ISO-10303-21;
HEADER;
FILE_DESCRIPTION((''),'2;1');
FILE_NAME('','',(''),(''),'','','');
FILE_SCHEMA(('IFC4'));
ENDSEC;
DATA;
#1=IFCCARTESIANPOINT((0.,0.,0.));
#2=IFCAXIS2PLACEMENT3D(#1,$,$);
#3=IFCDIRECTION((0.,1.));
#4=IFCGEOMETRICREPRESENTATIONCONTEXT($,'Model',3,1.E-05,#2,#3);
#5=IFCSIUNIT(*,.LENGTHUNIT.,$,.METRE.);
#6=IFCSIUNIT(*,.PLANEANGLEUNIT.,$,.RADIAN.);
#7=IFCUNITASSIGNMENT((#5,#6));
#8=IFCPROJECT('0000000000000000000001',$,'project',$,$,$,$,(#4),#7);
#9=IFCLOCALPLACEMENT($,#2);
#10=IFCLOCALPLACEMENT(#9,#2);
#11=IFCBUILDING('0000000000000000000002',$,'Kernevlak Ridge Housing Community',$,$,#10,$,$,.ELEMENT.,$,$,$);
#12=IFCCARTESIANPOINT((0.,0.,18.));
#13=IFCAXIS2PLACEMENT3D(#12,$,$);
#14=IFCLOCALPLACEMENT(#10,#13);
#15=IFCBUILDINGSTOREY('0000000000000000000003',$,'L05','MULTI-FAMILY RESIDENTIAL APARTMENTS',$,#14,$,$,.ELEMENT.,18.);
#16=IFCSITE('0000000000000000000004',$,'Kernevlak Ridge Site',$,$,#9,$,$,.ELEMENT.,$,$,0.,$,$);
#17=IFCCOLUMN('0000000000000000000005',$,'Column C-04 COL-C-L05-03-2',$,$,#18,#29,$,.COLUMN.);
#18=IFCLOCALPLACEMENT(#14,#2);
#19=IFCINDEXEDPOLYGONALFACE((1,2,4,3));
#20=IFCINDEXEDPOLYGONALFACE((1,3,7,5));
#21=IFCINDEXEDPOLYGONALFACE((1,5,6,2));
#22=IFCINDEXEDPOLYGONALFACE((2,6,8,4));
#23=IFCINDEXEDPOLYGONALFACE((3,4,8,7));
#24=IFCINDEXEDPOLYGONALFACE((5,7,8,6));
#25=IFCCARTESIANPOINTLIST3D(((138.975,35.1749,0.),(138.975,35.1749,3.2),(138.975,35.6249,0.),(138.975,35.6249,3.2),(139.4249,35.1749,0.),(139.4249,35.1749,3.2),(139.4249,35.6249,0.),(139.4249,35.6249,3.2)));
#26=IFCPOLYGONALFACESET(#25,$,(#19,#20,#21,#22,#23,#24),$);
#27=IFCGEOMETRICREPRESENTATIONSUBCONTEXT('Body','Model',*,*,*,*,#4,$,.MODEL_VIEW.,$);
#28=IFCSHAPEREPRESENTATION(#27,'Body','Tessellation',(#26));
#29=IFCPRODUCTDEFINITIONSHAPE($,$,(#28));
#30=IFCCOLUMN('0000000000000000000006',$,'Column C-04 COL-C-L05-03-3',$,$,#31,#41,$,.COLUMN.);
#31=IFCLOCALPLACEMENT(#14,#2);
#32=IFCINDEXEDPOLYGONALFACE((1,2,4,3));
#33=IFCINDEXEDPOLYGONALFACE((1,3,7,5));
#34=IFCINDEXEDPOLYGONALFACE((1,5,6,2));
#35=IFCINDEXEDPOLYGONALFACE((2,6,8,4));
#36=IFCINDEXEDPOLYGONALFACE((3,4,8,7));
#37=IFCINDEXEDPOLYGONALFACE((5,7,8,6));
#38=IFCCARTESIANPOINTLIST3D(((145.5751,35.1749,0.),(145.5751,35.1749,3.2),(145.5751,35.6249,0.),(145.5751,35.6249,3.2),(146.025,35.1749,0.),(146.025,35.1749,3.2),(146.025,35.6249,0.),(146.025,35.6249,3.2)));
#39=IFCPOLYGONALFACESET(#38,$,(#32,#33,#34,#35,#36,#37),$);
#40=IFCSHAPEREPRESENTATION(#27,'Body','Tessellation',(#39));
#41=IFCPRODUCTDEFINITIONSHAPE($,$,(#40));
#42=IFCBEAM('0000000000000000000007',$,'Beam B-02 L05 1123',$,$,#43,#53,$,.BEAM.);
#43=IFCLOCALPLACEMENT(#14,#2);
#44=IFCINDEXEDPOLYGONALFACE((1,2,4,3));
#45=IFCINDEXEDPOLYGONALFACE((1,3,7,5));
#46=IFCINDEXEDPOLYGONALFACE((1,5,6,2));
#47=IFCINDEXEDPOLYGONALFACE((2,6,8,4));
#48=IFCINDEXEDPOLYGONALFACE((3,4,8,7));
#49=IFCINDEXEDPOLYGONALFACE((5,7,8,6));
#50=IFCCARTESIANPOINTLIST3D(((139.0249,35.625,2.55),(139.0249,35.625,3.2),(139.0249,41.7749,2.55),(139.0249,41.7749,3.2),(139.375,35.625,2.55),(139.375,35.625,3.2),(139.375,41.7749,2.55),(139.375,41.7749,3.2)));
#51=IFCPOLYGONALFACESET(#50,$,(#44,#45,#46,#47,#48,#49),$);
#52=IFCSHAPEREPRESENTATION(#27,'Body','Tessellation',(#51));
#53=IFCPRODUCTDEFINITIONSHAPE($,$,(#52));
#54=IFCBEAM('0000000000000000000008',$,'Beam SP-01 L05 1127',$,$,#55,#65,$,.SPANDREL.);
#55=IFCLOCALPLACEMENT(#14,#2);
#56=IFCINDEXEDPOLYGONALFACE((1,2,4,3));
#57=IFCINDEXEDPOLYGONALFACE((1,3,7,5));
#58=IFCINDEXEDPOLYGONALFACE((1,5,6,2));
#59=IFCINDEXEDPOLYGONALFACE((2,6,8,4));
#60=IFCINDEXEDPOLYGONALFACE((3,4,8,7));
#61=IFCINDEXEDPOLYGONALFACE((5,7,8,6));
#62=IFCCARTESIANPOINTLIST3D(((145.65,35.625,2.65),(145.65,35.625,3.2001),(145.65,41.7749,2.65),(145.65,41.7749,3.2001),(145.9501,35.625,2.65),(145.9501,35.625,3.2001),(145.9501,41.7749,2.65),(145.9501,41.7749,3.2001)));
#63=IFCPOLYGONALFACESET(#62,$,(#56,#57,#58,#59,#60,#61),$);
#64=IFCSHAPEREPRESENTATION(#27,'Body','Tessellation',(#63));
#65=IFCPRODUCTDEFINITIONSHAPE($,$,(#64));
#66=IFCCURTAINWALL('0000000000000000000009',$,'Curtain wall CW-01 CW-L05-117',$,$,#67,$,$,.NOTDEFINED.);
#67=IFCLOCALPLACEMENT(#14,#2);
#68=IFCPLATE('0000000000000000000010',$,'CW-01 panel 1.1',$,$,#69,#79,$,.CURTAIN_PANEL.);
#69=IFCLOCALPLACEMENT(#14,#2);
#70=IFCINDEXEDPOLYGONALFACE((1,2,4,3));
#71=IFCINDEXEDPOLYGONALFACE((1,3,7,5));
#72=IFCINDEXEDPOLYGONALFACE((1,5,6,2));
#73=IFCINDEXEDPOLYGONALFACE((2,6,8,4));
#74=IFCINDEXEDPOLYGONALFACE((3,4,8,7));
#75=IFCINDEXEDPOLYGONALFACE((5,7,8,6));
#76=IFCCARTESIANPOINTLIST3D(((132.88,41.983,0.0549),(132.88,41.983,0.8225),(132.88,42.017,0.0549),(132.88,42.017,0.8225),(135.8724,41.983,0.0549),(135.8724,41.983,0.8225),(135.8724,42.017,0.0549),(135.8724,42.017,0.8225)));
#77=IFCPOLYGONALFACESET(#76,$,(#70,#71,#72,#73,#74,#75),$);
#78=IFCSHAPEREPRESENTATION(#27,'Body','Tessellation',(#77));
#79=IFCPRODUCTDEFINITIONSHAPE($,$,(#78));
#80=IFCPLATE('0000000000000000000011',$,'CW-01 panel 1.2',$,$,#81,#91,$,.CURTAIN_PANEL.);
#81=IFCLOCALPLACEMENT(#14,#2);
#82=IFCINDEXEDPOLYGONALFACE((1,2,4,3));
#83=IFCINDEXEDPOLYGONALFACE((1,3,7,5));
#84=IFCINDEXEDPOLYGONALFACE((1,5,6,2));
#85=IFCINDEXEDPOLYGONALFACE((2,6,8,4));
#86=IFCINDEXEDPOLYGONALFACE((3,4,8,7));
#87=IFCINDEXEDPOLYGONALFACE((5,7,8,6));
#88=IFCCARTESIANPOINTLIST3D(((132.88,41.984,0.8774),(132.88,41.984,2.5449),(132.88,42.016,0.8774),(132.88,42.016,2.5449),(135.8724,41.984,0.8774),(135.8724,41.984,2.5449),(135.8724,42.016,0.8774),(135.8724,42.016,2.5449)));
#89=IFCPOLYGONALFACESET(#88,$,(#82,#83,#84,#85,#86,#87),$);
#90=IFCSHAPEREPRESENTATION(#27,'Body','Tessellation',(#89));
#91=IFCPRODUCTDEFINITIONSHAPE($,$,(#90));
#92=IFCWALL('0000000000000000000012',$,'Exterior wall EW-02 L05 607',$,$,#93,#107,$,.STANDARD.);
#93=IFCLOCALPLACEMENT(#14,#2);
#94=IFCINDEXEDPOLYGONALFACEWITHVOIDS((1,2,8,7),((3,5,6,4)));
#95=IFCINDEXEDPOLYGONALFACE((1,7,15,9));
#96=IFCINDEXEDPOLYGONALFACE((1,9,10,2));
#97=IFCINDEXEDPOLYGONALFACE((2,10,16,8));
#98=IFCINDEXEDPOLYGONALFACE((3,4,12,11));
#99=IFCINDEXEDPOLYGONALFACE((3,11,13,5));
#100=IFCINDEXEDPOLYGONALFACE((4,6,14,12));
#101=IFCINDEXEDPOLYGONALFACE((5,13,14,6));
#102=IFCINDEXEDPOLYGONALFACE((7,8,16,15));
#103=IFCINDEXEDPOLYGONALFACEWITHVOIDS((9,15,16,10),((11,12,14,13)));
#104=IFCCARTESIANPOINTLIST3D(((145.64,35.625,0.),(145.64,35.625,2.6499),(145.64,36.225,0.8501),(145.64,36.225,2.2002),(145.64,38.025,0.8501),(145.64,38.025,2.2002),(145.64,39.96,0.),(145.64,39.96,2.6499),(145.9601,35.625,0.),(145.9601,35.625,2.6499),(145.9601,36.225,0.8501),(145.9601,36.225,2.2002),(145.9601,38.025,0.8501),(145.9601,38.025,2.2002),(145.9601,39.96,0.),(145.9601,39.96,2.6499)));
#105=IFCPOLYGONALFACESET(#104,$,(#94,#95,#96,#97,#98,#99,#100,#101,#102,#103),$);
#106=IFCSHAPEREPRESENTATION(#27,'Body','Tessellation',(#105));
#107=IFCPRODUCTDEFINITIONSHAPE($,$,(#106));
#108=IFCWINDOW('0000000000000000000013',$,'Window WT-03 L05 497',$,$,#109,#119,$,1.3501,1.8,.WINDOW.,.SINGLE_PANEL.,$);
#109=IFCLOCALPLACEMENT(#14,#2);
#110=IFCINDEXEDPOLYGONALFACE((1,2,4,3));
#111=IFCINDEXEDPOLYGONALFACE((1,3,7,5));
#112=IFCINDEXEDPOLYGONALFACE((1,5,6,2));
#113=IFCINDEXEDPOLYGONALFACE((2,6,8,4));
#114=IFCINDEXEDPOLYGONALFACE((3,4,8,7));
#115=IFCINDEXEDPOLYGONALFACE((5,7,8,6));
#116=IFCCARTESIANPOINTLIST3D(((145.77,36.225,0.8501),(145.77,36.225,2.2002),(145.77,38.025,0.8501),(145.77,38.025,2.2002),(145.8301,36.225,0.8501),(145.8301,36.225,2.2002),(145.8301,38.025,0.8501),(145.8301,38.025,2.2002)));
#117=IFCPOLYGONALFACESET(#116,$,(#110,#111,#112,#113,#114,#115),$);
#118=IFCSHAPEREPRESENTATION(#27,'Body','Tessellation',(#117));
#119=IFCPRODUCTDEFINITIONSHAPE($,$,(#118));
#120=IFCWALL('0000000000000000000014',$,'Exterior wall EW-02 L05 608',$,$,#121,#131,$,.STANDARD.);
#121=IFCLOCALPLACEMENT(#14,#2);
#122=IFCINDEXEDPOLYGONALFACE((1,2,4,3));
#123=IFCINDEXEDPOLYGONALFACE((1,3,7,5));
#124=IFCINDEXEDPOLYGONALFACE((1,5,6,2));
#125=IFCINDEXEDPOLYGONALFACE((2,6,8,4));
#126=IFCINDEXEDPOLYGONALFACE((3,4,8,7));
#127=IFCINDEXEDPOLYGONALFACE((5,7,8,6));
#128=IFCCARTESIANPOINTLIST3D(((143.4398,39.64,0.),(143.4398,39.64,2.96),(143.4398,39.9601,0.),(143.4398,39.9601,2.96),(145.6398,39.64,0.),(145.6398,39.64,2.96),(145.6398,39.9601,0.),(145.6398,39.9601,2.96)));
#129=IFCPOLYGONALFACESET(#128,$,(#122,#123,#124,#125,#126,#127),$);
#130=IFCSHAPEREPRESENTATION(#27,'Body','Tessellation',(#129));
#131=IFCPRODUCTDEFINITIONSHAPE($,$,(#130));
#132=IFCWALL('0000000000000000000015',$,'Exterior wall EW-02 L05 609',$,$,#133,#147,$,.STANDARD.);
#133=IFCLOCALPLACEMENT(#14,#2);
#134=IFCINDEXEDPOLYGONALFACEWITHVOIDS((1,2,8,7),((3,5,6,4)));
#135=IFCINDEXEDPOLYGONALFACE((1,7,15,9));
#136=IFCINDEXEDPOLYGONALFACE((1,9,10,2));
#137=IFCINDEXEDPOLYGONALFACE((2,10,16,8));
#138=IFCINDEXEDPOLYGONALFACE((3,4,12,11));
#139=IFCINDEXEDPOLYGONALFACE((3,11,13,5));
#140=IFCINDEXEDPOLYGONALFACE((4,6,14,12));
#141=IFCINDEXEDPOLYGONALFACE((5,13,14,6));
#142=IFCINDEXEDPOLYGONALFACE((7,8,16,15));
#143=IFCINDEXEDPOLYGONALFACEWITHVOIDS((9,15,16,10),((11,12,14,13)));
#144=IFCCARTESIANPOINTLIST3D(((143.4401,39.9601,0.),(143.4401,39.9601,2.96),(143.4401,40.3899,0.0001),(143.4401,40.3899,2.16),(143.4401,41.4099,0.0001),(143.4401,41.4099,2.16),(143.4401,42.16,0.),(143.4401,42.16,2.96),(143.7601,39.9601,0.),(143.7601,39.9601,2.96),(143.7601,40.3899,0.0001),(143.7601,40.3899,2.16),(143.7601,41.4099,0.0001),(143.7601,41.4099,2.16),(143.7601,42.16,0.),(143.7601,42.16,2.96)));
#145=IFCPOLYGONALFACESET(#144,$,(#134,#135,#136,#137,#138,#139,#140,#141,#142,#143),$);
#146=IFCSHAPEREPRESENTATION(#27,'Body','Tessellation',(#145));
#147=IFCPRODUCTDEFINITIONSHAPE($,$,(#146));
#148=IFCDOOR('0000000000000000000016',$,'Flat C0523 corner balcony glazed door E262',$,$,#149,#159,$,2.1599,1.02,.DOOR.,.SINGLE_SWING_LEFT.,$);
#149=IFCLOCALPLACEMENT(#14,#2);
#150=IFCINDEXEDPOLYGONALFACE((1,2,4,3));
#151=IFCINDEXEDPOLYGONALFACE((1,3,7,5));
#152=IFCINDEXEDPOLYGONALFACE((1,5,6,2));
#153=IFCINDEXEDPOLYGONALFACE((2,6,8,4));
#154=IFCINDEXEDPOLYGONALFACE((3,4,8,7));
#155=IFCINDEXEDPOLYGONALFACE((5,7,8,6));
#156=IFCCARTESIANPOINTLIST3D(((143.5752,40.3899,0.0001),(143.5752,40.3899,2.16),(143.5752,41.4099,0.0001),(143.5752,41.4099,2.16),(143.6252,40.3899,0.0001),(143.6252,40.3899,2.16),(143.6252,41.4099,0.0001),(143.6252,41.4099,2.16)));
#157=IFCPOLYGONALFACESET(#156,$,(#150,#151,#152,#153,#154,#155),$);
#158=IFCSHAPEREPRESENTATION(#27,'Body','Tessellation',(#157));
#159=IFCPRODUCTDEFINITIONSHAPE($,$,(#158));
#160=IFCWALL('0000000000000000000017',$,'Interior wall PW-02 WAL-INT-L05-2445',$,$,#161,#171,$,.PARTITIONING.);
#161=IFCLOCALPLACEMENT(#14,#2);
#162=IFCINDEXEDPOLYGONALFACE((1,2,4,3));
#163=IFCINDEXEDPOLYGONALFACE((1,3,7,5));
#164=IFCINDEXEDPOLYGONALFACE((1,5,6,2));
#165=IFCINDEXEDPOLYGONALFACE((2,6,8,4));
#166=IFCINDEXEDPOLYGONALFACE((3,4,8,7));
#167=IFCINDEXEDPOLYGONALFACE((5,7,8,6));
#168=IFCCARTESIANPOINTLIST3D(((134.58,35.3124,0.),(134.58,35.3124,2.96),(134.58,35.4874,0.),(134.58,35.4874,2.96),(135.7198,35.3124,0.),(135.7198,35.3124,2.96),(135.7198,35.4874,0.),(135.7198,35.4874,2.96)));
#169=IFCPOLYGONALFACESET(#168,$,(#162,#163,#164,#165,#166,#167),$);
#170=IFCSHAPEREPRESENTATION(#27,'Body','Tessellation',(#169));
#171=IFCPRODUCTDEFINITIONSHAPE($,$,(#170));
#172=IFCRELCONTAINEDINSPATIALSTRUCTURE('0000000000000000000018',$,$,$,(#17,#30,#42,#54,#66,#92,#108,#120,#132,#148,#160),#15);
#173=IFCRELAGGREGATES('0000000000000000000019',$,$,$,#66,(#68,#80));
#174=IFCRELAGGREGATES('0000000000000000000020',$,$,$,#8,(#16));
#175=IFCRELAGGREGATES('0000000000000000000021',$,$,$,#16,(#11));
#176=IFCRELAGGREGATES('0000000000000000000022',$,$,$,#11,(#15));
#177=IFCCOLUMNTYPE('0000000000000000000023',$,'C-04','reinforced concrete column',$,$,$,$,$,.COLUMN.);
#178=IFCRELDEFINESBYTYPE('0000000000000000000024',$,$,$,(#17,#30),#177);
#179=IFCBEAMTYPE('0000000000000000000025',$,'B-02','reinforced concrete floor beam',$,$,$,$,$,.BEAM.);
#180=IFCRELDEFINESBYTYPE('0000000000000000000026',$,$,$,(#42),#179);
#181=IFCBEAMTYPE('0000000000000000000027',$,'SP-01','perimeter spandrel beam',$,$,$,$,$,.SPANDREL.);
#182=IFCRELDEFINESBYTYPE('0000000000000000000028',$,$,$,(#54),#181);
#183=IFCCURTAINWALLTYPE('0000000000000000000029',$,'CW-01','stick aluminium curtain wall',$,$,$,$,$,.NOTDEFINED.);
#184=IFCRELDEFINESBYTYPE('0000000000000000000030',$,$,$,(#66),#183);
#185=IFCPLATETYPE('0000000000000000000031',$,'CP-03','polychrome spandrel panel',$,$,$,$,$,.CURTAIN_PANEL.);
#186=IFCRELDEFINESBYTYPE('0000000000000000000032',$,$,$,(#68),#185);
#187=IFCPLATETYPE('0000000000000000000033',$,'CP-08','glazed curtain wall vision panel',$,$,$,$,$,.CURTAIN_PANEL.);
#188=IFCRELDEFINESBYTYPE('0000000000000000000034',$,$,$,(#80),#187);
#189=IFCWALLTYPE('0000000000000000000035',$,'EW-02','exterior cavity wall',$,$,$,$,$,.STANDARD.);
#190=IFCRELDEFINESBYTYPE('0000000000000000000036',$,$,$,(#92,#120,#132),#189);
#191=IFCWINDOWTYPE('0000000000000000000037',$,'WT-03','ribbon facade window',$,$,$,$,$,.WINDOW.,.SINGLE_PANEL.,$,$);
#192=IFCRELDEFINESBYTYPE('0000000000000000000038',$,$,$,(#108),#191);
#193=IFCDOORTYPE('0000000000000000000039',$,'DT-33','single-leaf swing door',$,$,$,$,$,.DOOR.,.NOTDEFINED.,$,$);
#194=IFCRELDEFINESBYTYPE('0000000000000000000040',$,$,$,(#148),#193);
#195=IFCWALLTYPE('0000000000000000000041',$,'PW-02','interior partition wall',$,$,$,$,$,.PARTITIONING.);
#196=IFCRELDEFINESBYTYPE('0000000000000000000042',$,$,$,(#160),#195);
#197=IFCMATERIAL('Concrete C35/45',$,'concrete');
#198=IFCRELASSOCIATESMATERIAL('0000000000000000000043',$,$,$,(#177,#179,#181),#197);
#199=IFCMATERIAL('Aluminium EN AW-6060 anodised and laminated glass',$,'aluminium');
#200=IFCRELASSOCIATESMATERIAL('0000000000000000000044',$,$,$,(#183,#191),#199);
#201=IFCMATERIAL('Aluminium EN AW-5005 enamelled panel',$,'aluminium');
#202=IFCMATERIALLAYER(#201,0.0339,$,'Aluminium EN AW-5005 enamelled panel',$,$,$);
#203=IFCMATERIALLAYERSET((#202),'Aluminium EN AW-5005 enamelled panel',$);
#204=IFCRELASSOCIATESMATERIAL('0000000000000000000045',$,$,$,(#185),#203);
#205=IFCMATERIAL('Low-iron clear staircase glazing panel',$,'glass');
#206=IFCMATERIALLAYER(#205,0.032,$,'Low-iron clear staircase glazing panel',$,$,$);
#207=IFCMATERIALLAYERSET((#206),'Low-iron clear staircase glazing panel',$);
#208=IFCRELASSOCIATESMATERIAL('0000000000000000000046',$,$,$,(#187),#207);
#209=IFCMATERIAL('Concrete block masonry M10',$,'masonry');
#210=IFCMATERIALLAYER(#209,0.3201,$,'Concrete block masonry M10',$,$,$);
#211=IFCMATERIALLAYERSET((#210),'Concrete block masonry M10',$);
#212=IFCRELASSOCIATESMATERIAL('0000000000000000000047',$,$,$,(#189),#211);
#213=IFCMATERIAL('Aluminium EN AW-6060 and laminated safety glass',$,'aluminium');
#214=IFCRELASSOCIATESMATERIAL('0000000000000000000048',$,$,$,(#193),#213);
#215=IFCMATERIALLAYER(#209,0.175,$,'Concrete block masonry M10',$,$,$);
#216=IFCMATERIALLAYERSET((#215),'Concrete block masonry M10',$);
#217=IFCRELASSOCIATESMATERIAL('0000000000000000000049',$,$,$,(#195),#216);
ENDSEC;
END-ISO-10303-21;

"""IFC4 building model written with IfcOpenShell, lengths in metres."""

from ifc_helpers import new_model, si_unit, direction, frame, frame_2d, origin, origin_2d, place, context, subcontext, project, spatial, rectangle, extrude, material, layer, layer_set, material_profile, profile_set, type_object, element, fill, aggregate, save


model = new_model("IFC4")

# Units and contexts
model_context = context("Model", 3, precision=1e-05, world=origin(), true_north=direction((0.0, 1.0)))
body_context = subcontext(model_context, "Body", "Model", "MODEL_VIEW")
ifc_project = project(units=[si_unit("LENGTHUNIT", "METRE"), si_unit("PLANEANGLEUNIT", "RADIAN")], contexts=[model_context])

# Site, building, storey
site_placement = place(None, origin())
site = spatial("IfcSite", under=ifc_project, at=site_placement, Name="Kernevlak Ridge Site", CompositionType="ELEMENT", RefElevation=0.0)
building_placement = place(site_placement, origin())
building = spatial("IfcBuilding", under=site, at=building_placement, Name="Kernevlak Ridge Housing Community", CompositionType="ELEMENT")
storey_placement = place(building_placement, frame((0.0, 0.0, 18.0)))
storey = spatial("IfcBuildingStorey", under=building, at=storey_placement, Name="L05", Description="MULTI-FAMILY RESIDENTIAL APARTMENTS", CompositionType="ELEMENT", Elevation=18.0)

# Columns
ifc_material_1 = material(Name="Concrete C35/45", Category="concrete")
ifc_material_profile_1 = material_profile(ifc_material_1, rectangle(XDim=0.45, YDim=0.45, at=origin_2d()), Name="RC 450x450")
ifc_profile_set_1 = profile_set([ifc_material_profile_1], Name="Concrete C35/45")
column_type = type_object("IfcColumnType", Name="C-04", Description="reinforced concrete column", PredefinedType="COLUMN", material=ifc_profile_set_1)
for number, where, z_axis, x_axis, name in (
    (1, (139.2, 35.3999, 0.0), (0.0, 0.0, 1.0), (1.0, 0.0, 0.0), "Column C-04 COL-C-L05-03-2"),
    (2, (145.8, 35.3999, 0.0), (0.0, 0.0, 1.0), (1.0, 0.0, 0.0), "Column C-04 COL-C-L05-03-3"),
):
    element("IfcColumn", number, at=place(storey_placement, frame(where, z_axis=z_axis, x_axis=x_axis)), inside=storey, type_object=column_type, Name=name, PredefinedType="COLUMN", context=body_context, shape_type="SweptSolid", body=[
        extrude(rectangle(XDim=0.45, YDim=0.45, at=origin_2d()), origin(), (0.0, 0.0, 1.0), 3.2),
    ])

# Beams
ifc_material_profile_2 = material_profile(ifc_material_1, rectangle(XDim=0.3501, YDim=0.6499, at=origin_2d()), Name="RC 350x650")
ifc_profile_set_2 = profile_set([ifc_material_profile_2], Name="Concrete C35/45")
beam_type_1 = type_object("IfcBeamType", Name="B-02", Description="reinforced concrete floor beam", PredefinedType="BEAM", material=ifc_profile_set_2)
beam_1_placement = place(storey_placement, frame((139.2, 35.625, 2.875), z_axis=(0.0, 1.0, 0.0), x_axis=(-1.0, 0.0, 0.0)))
element("IfcBeam", 3, at=beam_1_placement, inside=storey, type_object=beam_type_1, Name="Beam B-02 L05 1123", PredefinedType="BEAM", context=body_context, shape_type="SweptSolid", body=[
    extrude(rectangle(XDim=0.3501, YDim=0.6499, at=origin_2d()), origin(), (0.0, 0.0, 1.0), 6.1499),
])
ifc_material_profile_3 = material_profile(ifc_material_1, rectangle(XDim=0.3, YDim=0.55, at=origin_2d()), Name="RC 300x550")
ifc_profile_set_3 = profile_set([ifc_material_profile_3], Name="Concrete C35/45")
beam_type_2 = type_object("IfcBeamType", Name="SP-01", Description="perimeter spandrel beam", PredefinedType="SPANDREL", material=ifc_profile_set_3)
beam_2_placement = place(storey_placement, frame((145.8, 35.625, 2.925), z_axis=(0.0, 1.0, 0.0), x_axis=(-1.0, 0.0, 0.0)))
element("IfcBeam", 4, at=beam_2_placement, inside=storey, type_object=beam_type_2, Name="Beam SP-01 L05 1127", PredefinedType="SPANDREL", context=body_context, shape_type="SweptSolid", body=[
    extrude(rectangle(XDim=0.3, YDim=0.55, at=origin_2d()), origin(), (0.0, 0.0, 1.0), 6.1499),
])

# Curtain wall, plates
ifc_material_2 = material(Name="Aluminium EN AW-6060 anodised and laminated glass", Category="aluminium")
curtain_wall_type = type_object("IfcCurtainWallType", Name="CW-01", Description="stick aluminium curtain wall", PredefinedType="NOTDEFINED", material=ifc_material_2)
curtain_wall_placement = place(storey_placement, origin())
curtain_wall = element("IfcCurtainWall", 5, at=curtain_wall_placement, inside=storey, type_object=curtain_wall_type, Name="Curtain wall CW-01 CW-L05-117", PredefinedType="NOTDEFINED")
ifc_material_3 = material(Name="Aluminium EN AW-5005 enamelled panel", Category="aluminium")
ifc_layer_1 = layer(ifc_material_3, 0.0339, Name="Aluminium EN AW-5005 enamelled panel")
ifc_layer_set_1 = layer_set([ifc_layer_1], Name="Aluminium EN AW-5005 enamelled panel")
plate_type_1 = type_object("IfcPlateType", Name="CP-03", Description="polychrome spandrel panel", PredefinedType="CURTAIN_PANEL", material=ifc_layer_set_1)
plate_1_placement = place(storey_placement, frame((134.3762, 42.0, 0.0549), z_axis=(0.0, 0.0, 1.0), x_axis=(1.0, 0.0, 0.0)))
plate_1 = element("IfcPlate", 6, at=plate_1_placement, type_object=plate_type_1, Name="CW-01 panel 1.1", PredefinedType="CURTAIN_PANEL", context=body_context, shape_type="SweptSolid", body=[
    extrude(rectangle(XDim=2.9924, YDim=0.0339, at=origin_2d()), origin(), (0.0, 0.0, 1.0), 0.7676),
])
ifc_material_4 = material(Name="Low-iron clear staircase glazing panel", Category="glass")
ifc_layer_2 = layer(ifc_material_4, 0.032, Name="Low-iron clear staircase glazing panel")
ifc_layer_set_2 = layer_set([ifc_layer_2], Name="Low-iron clear staircase glazing panel")
plate_type_2 = type_object("IfcPlateType", Name="CP-08", Description="glazed curtain wall vision panel", PredefinedType="CURTAIN_PANEL", material=ifc_layer_set_2)
plate_2_placement = place(storey_placement, frame((134.3762, 42.0, 0.8774), z_axis=(0.0, 0.0, 1.0), x_axis=(1.0, 0.0, 0.0)))
plate_2 = element("IfcPlate", 7, at=plate_2_placement, type_object=plate_type_2, Name="CW-01 panel 1.2", PredefinedType="CURTAIN_PANEL", context=body_context, shape_type="SweptSolid", body=[
    extrude(rectangle(XDim=2.9924, YDim=0.032, at=origin_2d()), origin(), (0.0, 0.0, 1.0), 1.6675),
])
aggregate(curtain_wall, [plate_1, plate_2])

# Wall, opening, window
ifc_material_5 = material(Name="Concrete block masonry M10", Category="masonry")
ifc_layer_3 = layer(ifc_material_5, 0.3201, Name="Concrete block masonry M10")
ifc_layer_set_3 = layer_set([ifc_layer_3], Name="Concrete block masonry M10")
wall_type_1 = type_object("IfcWallType", Name="EW-02", Description="exterior cavity wall", PredefinedType="STANDARD", material=ifc_layer_set_3)
wall_1_placement = place(storey_placement, frame((145.8, 35.625, 0.0), z_axis=(0.0, 0.0, 1.0), x_axis=(0.0, 1.0, 0.0)))
wall_1 = element("IfcWall", 8, at=wall_1_placement, inside=storey, type_object=wall_type_1, Name="Exterior wall EW-02 L05 607", PredefinedType="STANDARD", context=body_context, shape_type="SweptSolid", body=[
    extrude(rectangle(XDim=4.335, YDim=0.3201, at=frame_2d((2.1675, 0.0))), origin(), (0.0, 0.0, 1.0), 2.6499),
])
opening_1_placement = place(wall_1_placement, frame((0.6001, 0.0, 0.8501)))
opening_1 = element("IfcOpeningElement", 9, at=opening_1_placement, cuts=wall_1, PredefinedType="OPENING", context=body_context, shape_type="SweptSolid", body=[
    extrude(rectangle(XDim=1.8, YDim=1.3501, at=frame_2d((0.8999, 0.675))), frame((0.0, 0.1699, 0.0), z_axis=(0.0, -1.0, 0.0), x_axis=(1.0, 0.0, 0.0)), (0.0, 0.0, 1.0), 0.3401),
])
window_type = type_object("IfcWindowType", Name="WT-03", Description="ribbon facade window", PartitioningType="SINGLE_PANEL", PredefinedType="WINDOW", material=ifc_material_2)
window_placement = place(opening_1_placement, origin())
window = element("IfcWindow", 10, at=window_placement, inside=storey, type_object=window_type, Name="Window WT-03 L05 497", OverallHeight=1.3501, OverallWidth=1.8, PartitioningType="SINGLE_PANEL", PredefinedType="WINDOW", context=body_context, shape_type="SweptSolid", body=[
    extrude(rectangle(XDim=1.8, YDim=1.3501, at=frame_2d((0.8999, 0.675))), frame((0.0, 0.03, 0.0), z_axis=(0.0, -1.0, 0.0), x_axis=(1.0, 0.0, 0.0)), (0.0, 0.0, 1.0), 0.0601),
])
fill(opening_1, window)

# Wall
wall_2_placement = place(storey_placement, frame((145.6399, 39.8, 0.0), z_axis=(0.0, 0.0, 1.0), x_axis=(-1.0, 0.0, 0.0)))
element("IfcWall", 11, at=wall_2_placement, inside=storey, type_object=wall_type_1, Name="Exterior wall EW-02 L05 608", PredefinedType="STANDARD", context=body_context, shape_type="SweptSolid", body=[
    extrude(rectangle(XDim=2.2, YDim=0.3201, at=frame_2d((1.1001, 0.0))), origin(), (0.0, 0.0, 1.0), 2.96),
])

# Wall, opening, door
wall_3_placement = place(storey_placement, frame((143.6001, 39.96, 0.0), z_axis=(0.0, 0.0, 1.0), x_axis=(0.0, 1.0, 0.0)))
wall_3 = element("IfcWall", 12, at=wall_3_placement, inside=storey, type_object=wall_type_1, Name="Exterior wall EW-02 L05 609", PredefinedType="STANDARD", context=body_context, shape_type="SweptSolid", body=[
    extrude(rectangle(XDim=2.2, YDim=0.3201, at=frame_2d((1.1001, 0.0))), origin(), (0.0, 0.0, 1.0), 2.96),
])
opening_2_placement = place(wall_3_placement, frame((0.4299, 0.0, 0.0)))
opening_2 = element("IfcOpeningElement", 13, at=opening_2_placement, cuts=wall_3, PredefinedType="OPENING", context=body_context, shape_type="SweptSolid", body=[
    extrude(rectangle(XDim=1.02, YDim=2.1599, at=frame_2d((0.51, 1.0801))), frame((0.0, 0.1699, 0.0), z_axis=(0.0, -1.0, 0.0), x_axis=(1.0, 0.0, 0.0)), (0.0, 0.0, 1.0), 0.3401),
])
ifc_material_6 = material(Name="Aluminium EN AW-6060 and laminated safety glass", Category="aluminium")
door_type_1 = type_object("IfcDoorType", Name="DT-33", Description="single-leaf swing door", OperationType="NOTDEFINED", PredefinedType="DOOR", material=ifc_material_6)
door_1_placement = place(opening_2_placement, origin())
door_1 = element("IfcDoor", 14, at=door_1_placement, inside=storey, type_object=door_type_1, Name="Flat C0523 corner balcony glazed door E262", OperationType="SINGLE_SWING_LEFT", OverallHeight=2.1599, OverallWidth=1.02, PredefinedType="DOOR", context=body_context, shape_type="SweptSolid", body=[
    extrude(rectangle(XDim=1.02, YDim=2.1599, at=frame_2d((0.51, 1.0801))), frame((0.0, 0.0249, 0.0), z_axis=(0.0, -1.0, 0.0), x_axis=(1.0, 0.0, 0.0)), (0.0, 0.0, 1.0), 0.05),
])
fill(opening_2, door_1)

# Wall
ifc_layer_4 = layer(ifc_material_5, 0.175, Name="Concrete block masonry M10")
ifc_layer_set_4 = layer_set([ifc_layer_4], Name="Concrete block masonry M10")
wall_type_2 = type_object("IfcWallType", Name="PW-02", Description="interior partition wall", PredefinedType="PARTITIONING", material=ifc_layer_set_4)
wall_4_placement = place(storey_placement, frame((134.5801, 35.3999, 0.0), z_axis=(0.0, 0.0, 1.0), x_axis=(1.0, 0.0, 0.0)))
element("IfcWall", 15, at=wall_4_placement, inside=storey, type_object=wall_type_2, Name="Interior wall PW-02 WAL-INT-L05-2445", PredefinedType="PARTITIONING", context=body_context, shape_type="SweptSolid", body=[
    extrude(rectangle(XDim=1.1399, YDim=0.175, at=frame_2d((0.5698, 0.0))), origin(), (0.0, 0.0, 1.0), 2.96),
])

save(model, "model.ifc")
